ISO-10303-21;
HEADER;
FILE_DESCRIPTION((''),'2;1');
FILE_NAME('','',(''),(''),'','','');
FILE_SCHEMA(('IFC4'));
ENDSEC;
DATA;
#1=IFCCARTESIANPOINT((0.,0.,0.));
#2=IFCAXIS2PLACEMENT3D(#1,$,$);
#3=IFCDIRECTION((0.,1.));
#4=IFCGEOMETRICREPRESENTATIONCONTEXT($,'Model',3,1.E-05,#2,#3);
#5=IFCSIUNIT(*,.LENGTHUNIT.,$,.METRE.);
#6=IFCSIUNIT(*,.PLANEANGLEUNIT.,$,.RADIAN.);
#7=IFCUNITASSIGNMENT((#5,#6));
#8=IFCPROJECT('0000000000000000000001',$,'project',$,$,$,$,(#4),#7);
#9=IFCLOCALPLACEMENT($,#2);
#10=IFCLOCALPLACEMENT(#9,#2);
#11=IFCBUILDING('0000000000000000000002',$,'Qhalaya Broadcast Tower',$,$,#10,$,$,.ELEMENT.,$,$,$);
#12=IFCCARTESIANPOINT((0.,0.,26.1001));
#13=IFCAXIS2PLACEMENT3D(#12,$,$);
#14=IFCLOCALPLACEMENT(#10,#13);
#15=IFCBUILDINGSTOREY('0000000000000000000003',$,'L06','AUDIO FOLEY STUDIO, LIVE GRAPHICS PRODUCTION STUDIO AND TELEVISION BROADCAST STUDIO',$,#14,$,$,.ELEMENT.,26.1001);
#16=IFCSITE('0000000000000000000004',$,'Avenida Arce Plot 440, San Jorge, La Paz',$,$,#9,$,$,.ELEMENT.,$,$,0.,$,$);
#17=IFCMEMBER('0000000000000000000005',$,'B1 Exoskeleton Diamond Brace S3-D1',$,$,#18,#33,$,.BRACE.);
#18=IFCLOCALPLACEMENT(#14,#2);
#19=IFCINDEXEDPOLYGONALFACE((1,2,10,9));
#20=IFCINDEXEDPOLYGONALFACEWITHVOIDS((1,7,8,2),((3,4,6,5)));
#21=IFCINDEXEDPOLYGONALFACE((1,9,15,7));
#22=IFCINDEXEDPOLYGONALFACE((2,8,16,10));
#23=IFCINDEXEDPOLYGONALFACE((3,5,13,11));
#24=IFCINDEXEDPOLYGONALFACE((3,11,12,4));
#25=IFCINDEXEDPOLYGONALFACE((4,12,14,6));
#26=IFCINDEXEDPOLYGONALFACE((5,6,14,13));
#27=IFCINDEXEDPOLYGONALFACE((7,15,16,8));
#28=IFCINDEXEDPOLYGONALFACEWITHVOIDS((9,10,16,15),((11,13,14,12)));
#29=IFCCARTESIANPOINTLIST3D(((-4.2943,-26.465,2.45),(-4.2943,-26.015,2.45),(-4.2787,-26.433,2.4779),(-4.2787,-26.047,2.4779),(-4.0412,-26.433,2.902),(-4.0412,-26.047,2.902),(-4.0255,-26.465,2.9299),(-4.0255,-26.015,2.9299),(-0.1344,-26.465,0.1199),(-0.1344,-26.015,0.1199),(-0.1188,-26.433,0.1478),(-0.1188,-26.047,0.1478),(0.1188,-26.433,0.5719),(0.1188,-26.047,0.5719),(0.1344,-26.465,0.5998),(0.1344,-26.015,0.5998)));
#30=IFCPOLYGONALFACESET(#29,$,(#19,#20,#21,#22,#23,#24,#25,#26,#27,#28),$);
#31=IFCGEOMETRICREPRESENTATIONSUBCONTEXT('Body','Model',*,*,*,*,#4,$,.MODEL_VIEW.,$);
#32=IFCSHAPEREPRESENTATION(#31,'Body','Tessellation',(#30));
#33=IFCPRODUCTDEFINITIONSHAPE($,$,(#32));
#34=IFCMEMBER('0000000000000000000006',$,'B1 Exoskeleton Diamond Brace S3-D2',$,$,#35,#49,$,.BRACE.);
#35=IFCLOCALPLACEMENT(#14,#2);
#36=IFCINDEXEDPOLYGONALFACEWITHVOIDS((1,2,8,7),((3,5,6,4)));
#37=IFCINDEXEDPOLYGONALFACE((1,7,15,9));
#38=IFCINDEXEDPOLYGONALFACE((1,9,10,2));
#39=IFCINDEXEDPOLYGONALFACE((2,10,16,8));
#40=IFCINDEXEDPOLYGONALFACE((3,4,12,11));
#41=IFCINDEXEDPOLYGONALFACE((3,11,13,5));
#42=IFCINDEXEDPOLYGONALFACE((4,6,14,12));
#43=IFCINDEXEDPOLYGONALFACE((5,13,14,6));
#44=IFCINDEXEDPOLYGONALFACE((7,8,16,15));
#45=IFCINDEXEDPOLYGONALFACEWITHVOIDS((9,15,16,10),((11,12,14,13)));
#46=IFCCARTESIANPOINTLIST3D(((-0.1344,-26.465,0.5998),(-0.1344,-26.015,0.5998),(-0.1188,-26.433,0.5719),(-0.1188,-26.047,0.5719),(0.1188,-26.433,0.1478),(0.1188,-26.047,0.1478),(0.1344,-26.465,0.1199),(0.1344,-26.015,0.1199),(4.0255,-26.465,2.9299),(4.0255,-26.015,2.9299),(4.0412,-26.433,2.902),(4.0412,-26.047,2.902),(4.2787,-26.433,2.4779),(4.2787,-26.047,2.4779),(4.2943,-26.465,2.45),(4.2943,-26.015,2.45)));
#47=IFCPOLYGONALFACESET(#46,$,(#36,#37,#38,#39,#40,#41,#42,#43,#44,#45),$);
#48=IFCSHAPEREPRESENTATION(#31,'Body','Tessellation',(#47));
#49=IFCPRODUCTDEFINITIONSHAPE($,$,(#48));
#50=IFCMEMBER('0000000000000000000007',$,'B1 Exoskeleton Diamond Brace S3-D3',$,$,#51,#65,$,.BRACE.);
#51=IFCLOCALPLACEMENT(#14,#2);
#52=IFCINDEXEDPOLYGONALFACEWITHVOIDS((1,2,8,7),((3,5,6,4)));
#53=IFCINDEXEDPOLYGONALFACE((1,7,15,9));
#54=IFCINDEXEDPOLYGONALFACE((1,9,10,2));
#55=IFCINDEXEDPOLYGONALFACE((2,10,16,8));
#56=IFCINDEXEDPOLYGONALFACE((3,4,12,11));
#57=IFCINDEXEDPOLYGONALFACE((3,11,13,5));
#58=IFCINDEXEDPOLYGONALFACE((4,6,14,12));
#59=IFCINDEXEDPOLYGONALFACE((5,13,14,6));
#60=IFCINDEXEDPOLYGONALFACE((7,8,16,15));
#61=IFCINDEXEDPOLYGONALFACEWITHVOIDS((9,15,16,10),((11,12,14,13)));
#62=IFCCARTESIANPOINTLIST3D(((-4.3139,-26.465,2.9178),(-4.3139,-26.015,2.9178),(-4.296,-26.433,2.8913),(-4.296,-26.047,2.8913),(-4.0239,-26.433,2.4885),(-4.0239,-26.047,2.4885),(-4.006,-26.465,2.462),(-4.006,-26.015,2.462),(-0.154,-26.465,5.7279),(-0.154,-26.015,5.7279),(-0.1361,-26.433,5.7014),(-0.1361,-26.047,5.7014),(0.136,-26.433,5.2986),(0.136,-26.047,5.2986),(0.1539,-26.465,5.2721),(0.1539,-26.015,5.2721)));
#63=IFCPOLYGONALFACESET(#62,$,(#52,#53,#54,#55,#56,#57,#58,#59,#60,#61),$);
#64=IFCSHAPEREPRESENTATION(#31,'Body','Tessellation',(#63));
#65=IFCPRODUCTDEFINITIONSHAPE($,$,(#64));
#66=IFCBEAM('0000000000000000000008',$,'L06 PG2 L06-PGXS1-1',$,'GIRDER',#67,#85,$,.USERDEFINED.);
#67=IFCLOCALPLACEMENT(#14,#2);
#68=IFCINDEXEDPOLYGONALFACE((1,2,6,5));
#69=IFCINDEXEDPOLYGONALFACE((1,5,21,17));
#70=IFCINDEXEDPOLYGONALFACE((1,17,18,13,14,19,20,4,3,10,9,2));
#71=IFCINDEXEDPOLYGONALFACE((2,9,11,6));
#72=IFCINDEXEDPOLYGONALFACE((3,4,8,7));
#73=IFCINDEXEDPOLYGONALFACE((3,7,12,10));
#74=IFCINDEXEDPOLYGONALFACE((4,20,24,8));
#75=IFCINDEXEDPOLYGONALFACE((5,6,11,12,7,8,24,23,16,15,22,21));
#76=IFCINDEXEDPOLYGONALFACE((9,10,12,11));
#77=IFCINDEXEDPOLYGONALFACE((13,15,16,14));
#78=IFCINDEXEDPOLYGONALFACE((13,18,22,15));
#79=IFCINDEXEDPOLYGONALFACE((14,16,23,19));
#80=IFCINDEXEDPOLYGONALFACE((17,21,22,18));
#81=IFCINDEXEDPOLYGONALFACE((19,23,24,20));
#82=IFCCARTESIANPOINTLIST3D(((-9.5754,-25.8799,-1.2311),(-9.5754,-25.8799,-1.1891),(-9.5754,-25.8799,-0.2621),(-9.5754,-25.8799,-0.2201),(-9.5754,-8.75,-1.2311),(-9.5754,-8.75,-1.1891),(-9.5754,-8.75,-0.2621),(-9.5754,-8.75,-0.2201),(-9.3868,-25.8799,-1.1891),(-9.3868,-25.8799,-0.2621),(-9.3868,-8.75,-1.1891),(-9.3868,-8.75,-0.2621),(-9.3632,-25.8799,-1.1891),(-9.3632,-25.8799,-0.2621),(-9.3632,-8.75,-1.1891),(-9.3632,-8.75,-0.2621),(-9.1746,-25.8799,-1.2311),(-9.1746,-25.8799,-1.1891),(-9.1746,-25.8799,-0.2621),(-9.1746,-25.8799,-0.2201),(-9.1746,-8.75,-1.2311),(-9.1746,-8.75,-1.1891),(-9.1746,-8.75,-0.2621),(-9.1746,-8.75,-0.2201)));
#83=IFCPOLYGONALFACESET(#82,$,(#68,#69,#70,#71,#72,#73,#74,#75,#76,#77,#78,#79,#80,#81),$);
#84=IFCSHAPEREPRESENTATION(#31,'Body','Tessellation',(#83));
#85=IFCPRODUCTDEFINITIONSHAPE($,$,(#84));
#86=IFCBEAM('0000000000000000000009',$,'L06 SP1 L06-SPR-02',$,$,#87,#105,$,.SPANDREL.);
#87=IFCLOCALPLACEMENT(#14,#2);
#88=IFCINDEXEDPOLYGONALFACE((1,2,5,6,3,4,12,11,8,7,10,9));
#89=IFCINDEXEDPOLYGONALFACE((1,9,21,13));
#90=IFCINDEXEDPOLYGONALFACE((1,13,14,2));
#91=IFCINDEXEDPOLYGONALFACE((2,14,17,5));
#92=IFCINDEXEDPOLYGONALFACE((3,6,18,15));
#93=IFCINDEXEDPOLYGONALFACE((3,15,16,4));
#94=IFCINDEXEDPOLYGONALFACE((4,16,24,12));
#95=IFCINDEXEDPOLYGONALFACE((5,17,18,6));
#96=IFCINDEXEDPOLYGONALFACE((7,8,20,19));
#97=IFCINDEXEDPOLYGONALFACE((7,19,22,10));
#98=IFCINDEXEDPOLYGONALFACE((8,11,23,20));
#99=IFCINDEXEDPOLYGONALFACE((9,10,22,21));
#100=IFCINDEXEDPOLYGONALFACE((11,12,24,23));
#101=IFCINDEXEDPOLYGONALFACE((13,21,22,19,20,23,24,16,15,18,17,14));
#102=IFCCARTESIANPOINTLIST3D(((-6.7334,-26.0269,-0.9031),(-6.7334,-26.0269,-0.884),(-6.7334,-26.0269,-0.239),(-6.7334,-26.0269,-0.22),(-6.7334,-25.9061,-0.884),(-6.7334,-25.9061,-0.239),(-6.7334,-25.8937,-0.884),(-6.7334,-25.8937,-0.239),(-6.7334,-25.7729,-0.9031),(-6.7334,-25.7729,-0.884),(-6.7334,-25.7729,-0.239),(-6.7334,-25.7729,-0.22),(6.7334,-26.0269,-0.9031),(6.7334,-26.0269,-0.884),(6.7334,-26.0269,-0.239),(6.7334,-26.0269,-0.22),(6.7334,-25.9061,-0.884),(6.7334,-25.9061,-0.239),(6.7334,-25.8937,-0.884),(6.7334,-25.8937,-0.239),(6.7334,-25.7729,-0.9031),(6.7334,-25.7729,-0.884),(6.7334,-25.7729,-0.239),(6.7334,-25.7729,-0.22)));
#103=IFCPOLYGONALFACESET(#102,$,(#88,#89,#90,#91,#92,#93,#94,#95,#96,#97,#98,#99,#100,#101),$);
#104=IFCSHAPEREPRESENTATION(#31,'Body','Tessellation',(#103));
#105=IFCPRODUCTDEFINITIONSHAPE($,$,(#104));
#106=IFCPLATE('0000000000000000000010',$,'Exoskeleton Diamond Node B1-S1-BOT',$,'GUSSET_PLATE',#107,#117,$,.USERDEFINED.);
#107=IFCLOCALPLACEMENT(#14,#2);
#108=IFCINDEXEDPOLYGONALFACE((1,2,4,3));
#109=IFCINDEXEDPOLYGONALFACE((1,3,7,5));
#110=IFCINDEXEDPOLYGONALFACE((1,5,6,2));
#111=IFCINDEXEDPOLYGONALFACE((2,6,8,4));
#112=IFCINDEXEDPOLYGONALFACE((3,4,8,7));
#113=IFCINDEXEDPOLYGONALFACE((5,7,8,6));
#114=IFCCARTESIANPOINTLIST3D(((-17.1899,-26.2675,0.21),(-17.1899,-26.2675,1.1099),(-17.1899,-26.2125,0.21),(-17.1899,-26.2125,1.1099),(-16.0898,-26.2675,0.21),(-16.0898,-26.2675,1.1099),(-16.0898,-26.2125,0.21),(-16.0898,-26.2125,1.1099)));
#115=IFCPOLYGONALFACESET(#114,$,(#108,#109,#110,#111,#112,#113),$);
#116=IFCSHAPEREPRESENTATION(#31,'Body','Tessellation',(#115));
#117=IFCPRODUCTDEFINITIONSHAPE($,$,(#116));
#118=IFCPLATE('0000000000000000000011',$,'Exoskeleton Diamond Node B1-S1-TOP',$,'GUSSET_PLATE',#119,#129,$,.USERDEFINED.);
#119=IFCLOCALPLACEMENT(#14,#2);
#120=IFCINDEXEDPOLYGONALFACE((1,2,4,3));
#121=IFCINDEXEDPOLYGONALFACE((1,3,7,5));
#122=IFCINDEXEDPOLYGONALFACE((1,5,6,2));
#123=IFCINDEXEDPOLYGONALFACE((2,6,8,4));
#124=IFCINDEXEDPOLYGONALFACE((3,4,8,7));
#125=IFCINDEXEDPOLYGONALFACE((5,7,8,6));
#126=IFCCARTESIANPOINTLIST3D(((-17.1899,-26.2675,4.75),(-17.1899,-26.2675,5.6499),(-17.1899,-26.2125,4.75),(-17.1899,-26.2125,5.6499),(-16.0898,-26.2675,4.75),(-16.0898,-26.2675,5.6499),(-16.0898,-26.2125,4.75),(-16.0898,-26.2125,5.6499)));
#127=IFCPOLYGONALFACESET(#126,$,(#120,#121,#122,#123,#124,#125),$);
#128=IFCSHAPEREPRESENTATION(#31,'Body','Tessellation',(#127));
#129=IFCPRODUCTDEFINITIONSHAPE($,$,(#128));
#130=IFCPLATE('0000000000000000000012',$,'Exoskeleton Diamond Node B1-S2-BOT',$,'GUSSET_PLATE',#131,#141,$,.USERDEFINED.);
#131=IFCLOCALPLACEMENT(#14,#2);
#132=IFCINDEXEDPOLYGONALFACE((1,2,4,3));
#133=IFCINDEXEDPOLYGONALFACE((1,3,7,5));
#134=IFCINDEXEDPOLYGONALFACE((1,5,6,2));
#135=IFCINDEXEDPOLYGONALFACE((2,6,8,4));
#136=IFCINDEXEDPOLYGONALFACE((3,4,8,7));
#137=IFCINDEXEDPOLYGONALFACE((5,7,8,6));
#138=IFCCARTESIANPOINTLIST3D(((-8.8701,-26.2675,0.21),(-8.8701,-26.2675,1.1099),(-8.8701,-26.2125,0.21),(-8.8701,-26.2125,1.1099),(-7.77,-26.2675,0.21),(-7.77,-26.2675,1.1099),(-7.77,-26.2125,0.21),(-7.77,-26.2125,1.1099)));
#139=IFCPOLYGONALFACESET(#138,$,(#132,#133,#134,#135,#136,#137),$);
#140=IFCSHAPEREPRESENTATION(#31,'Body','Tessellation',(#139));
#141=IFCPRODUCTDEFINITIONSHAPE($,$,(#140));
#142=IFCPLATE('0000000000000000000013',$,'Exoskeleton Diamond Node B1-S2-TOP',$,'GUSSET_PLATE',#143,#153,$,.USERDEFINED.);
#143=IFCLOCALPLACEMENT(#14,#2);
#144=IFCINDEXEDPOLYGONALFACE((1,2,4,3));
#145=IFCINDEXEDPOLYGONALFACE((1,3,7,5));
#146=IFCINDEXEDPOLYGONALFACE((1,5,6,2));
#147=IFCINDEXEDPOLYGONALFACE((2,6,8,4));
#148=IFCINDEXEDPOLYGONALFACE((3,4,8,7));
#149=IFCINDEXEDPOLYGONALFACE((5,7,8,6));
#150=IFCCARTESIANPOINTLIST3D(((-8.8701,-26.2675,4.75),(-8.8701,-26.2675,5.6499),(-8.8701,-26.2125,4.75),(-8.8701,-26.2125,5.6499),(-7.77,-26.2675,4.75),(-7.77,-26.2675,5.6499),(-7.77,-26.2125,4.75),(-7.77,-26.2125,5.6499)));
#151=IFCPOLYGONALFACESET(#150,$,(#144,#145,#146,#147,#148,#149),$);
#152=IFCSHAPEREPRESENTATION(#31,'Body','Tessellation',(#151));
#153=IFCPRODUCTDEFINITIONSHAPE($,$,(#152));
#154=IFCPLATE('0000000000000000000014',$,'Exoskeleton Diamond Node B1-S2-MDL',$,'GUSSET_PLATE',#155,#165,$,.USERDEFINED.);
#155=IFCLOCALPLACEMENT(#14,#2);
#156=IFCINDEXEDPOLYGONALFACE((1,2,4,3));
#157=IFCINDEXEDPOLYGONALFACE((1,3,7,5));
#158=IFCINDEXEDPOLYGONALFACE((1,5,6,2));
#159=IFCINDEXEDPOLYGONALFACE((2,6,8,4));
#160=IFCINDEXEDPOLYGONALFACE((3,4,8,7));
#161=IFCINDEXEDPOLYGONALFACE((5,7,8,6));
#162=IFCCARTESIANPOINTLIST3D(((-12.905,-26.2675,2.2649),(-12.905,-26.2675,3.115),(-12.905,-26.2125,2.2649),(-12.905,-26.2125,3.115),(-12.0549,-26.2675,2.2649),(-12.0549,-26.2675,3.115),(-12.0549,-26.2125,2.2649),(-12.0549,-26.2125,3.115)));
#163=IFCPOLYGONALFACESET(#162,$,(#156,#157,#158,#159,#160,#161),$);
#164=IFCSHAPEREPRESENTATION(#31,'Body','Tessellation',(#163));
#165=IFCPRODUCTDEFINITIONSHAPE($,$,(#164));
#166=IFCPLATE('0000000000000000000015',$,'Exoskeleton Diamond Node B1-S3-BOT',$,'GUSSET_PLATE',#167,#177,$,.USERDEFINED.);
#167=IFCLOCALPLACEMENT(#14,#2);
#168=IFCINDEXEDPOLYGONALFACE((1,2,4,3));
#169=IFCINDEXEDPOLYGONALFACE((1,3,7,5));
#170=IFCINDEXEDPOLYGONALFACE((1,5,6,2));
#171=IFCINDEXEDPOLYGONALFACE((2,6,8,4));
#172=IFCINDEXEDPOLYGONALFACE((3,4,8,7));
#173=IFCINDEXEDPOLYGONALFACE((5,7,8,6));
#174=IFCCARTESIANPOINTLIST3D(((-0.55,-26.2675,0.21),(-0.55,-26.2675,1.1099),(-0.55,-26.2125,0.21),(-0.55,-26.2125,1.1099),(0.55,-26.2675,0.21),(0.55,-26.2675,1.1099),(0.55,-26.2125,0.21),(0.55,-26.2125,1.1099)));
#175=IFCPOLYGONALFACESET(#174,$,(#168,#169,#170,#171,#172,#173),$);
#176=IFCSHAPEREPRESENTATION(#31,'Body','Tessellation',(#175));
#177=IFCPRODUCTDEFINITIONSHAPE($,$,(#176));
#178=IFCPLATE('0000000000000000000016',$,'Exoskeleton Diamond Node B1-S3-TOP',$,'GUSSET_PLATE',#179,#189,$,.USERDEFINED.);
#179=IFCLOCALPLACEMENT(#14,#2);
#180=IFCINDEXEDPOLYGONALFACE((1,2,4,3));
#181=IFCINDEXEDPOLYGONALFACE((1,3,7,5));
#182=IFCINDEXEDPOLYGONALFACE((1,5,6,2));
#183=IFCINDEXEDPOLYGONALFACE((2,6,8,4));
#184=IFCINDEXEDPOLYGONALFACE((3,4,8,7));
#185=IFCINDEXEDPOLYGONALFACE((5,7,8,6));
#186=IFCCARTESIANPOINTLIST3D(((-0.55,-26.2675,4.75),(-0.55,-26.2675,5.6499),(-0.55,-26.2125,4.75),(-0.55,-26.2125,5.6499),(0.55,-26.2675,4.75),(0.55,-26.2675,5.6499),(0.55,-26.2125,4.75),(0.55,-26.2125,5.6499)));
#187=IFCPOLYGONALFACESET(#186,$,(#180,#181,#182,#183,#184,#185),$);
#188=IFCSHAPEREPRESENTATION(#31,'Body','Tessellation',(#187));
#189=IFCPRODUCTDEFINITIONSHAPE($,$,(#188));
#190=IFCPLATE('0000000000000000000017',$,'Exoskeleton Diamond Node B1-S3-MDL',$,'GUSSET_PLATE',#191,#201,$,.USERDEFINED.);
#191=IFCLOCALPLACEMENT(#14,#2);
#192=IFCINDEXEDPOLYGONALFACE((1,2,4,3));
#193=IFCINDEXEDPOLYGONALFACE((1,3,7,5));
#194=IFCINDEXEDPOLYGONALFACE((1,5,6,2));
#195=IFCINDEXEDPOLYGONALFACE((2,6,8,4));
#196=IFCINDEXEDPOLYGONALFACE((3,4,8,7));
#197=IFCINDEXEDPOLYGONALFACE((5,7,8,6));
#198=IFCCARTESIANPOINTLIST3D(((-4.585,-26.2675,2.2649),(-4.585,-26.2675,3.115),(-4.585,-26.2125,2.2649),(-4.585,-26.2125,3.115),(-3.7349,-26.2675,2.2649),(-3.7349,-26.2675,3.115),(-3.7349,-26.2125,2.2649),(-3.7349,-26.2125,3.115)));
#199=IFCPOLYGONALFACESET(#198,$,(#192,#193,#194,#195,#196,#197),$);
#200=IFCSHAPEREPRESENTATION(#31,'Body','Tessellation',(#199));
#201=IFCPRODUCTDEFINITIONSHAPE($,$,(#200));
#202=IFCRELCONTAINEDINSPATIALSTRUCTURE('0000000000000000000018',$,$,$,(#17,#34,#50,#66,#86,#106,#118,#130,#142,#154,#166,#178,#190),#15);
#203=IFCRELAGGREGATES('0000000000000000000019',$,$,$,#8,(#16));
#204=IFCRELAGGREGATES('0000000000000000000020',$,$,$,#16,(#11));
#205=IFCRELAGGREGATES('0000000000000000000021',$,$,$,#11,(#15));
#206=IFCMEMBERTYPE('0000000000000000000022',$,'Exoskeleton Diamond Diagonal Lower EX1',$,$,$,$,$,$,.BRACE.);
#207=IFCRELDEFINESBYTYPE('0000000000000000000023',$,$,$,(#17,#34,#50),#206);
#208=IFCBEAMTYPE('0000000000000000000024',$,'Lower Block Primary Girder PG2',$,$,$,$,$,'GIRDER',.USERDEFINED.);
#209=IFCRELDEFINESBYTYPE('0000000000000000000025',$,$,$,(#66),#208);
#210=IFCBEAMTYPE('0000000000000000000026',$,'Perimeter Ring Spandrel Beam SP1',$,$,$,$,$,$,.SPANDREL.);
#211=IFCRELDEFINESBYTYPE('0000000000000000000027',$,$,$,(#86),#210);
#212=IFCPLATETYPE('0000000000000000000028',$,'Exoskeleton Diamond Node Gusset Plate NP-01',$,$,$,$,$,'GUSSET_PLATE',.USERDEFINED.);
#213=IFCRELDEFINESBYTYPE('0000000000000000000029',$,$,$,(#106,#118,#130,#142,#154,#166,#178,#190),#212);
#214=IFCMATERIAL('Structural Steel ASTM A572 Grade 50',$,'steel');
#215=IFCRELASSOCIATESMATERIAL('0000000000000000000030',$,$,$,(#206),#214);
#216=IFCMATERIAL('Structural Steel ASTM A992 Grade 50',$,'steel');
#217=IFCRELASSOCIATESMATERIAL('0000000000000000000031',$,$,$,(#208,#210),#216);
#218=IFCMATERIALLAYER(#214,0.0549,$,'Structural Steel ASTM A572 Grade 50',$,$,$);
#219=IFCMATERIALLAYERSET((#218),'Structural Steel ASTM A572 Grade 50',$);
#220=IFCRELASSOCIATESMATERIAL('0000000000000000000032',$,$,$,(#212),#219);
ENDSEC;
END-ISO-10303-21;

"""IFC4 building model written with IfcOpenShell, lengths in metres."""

from ifc_helpers import new_model, si_unit, direction, frame, origin, origin_2d, place, context, subcontext, project, spatial, rectangle, hollow_rectangle, i_section, extrude, material, layer, layer_set, material_profile, profile_set, type_object, element, save


model = new_model("IFC4")

# Units and contexts
model_context = context("Model", 3, precision=1e-05, world=origin(), true_north=direction((0.0, 1.0)))
body_context = subcontext(model_context, "Body", "Model", "MODEL_VIEW")
ifc_project = project(units=[si_unit("LENGTHUNIT", "METRE"), si_unit("PLANEANGLEUNIT", "RADIAN")], contexts=[model_context])

# Site, building, storey
site_placement = place(None, origin())
site = spatial("IfcSite", under=ifc_project, at=site_placement, Name="Avenida Arce Plot 440, San Jorge, La Paz", CompositionType="ELEMENT", RefElevation=0.0)
building_placement = place(site_placement, origin())
building = spatial("IfcBuilding", under=site, at=building_placement, Name="Qhalaya Broadcast Tower", CompositionType="ELEMENT")
storey_placement = place(building_placement, frame((0.0, 0.0, 26.1001)))
storey = spatial("IfcBuildingStorey", under=building, at=storey_placement, Name="L06", Description="AUDIO FOLEY STUDIO, LIVE GRAPHICS PRODUCTION STUDIO AND TELEVISION BROADCAST STUDIO", CompositionType="ELEMENT", Elevation=26.1001)

# Shared definitions
ifc_material_1 = material(Name="Structural Steel ASTM A572 Grade 50", Category="steel")

# Shared definitions
ifc_material_2 = material(Name="Structural Steel ASTM A992 Grade 50", Category="steel")

# Members
ifc_material_profile_1 = material_profile(ifc_material_1, hollow_rectangle(XDim=0.45, YDim=0.55, WallThickness=0.032, at=origin_2d()), Name="BOX 450x550x32")
ifc_profile_set_1 = profile_set([ifc_material_profile_1], Name="Structural Steel ASTM A572 Grade 50")
member_type = type_object("IfcMemberType", Name="Exoskeleton Diamond Diagonal Lower EX1", PredefinedType="BRACE", material=ifc_profile_set_1)
for number, where, z_axis, x_axis, name in (
    (1, (0.0, -26.24, 0.3599), (-0.872459, 0.0, 0.488688), (0.0, -1.0, 0.0), "B1 Exoskeleton Diamond Brace S3-D1"),
    (2, (0.0, -26.24, 0.3599), (0.872459, 0.0, 0.488688), (0.0, 1.0, 0.0), "B1 Exoskeleton Diamond Brace S3-D2"),
):
    element("IfcMember", number, at=place(storey_placement, frame(where, z_axis=z_axis, x_axis=x_axis)), inside=storey, type_object=member_type, Name=name, PredefinedType="BRACE", context=body_context, shape_type="SweptSolid", body=[
        extrude(hollow_rectangle(XDim=0.45, YDim=0.55, WallThickness=0.032, at=origin_2d()), origin(), (0.0, 0.0, 1.0), 4.7681),
    ])
member_1_placement = place(storey_placement, frame((-4.1599, -26.24, 2.6899), z_axis=(0.828653, 0.0, 0.559763), x_axis=(0.0, 1.0, 0.0)))
element("IfcMember", 3, at=member_1_placement, inside=storey, type_object=member_type, Name="B1 Exoskeleton Diamond Brace S3-D3", PredefinedType="BRACE", context=body_context, shape_type="SweptSolid", body=[
    extrude(hollow_rectangle(XDim=0.45, YDim=0.55, WallThickness=0.032, at=origin_2d()), origin(), (0.0, 0.0, 1.0), 5.02),
])

# Beams
ifc_material_profile_2 = material_profile(ifc_material_2, i_section(OverallWidth=0.4009, OverallDepth=1.011, WebThickness=0.0237, FlangeThickness=0.042, at=origin_2d()), Name="W40X297")
ifc_profile_set_2 = profile_set([ifc_material_profile_2], Name="Structural Steel ASTM A992 Grade 50")
beam_type_1 = type_object("IfcBeamType", Name="Lower Block Primary Girder PG2", ElementType="GIRDER", PredefinedType="USERDEFINED", material=ifc_profile_set_2)
beam_1_placement = place(storey_placement, frame((-9.375, -25.8799, -0.7256), z_axis=(0.0, 1.0, 0.0), x_axis=(-1.0, 0.0, 0.0)))
element("IfcBeam", 4, at=beam_1_placement, inside=storey, type_object=beam_type_1, Name="L06 PG2 L06-PGXS1-1", ObjectType="GIRDER", PredefinedType="USERDEFINED", context=body_context, shape_type="SweptSolid", body=[
    extrude(i_section(OverallWidth=0.4009, OverallDepth=1.011, WebThickness=0.0237, FlangeThickness=0.042, at=origin_2d()), origin(), (0.0, 0.0, 1.0), 17.1299),
])
ifc_material_profile_3 = material_profile(ifc_material_2, i_section(OverallWidth=0.2539, OverallDepth=0.6831, WebThickness=0.0125, FlangeThickness=0.019, at=origin_2d()), Name="W27X94")
ifc_profile_set_3 = profile_set([ifc_material_profile_3], Name="Structural Steel ASTM A992 Grade 50")
beam_type_2 = type_object("IfcBeamType", Name="Perimeter Ring Spandrel Beam SP1", PredefinedType="SPANDREL", material=ifc_profile_set_3)
beam_2_placement = place(storey_placement, frame((-6.7334, -25.8999, -0.5615), z_axis=(1.0, 0.0, 0.0), x_axis=(0.0, 1.0, 0.0)))
element("IfcBeam", 5, at=beam_2_placement, inside=storey, type_object=beam_type_2, Name="L06 SP1 L06-SPR-02", PredefinedType="SPANDREL", context=body_context, shape_type="SweptSolid", body=[
    extrude(i_section(OverallWidth=0.2539, OverallDepth=0.6831, WebThickness=0.0125, FlangeThickness=0.019, at=origin_2d()), origin(), (0.0, 0.0, 1.0), 13.4668),
])

# Plates
ifc_layer_1 = layer(ifc_material_1, 0.0549, Name="Structural Steel ASTM A572 Grade 50")
ifc_layer_set_1 = layer_set([ifc_layer_1], Name="Structural Steel ASTM A572 Grade 50")
plate_type_1 = type_object("IfcPlateType", Name="Exoskeleton Diamond Node Gusset Plate NP-01", ElementType="GUSSET_PLATE", PredefinedType="USERDEFINED", material=ifc_layer_set_1)
for number, where, z_axis, x_axis, name in (
    (6, (-16.6399, -26.24, 0.21), (0.0, 0.0, 1.0), (1.0, 0.0, 0.0), "Exoskeleton Diamond Node B1-S1-BOT"),
    (7, (-16.6399, -26.24, 4.75), (0.0, 0.0, 1.0), (1.0, 0.0, 0.0), "Exoskeleton Diamond Node B1-S1-TOP"),
    (8, (-8.3201, -26.24, 0.21), (0.0, 0.0, 1.0), (1.0, 0.0, 0.0), "Exoskeleton Diamond Node B1-S2-BOT"),
    (9, (-8.3201, -26.24, 4.75), (0.0, 0.0, 1.0), (1.0, 0.0, 0.0), "Exoskeleton Diamond Node B1-S2-TOP"),
):
    element("IfcPlate", number, at=place(storey_placement, frame(where, z_axis=z_axis, x_axis=x_axis)), inside=storey, type_object=plate_type_1, Name=name, ObjectType="GUSSET_PLATE", PredefinedType="USERDEFINED", context=body_context, shape_type="SweptSolid", body=[
        extrude(rectangle(XDim=1.1001, YDim=0.0549, at=origin_2d()), origin(), (0.0, 0.0, 1.0), 0.8999),
    ])
plate_1_placement = place(storey_placement, frame((-12.48, -26.24, 2.2649), z_axis=(0.0, 0.0, 1.0), x_axis=(1.0, 0.0, 0.0)))
element("IfcPlate", 10, at=plate_1_placement, inside=storey, type_object=plate_type_1, Name="Exoskeleton Diamond Node B1-S2-MDL", ObjectType="GUSSET_PLATE", PredefinedType="USERDEFINED", context=body_context, shape_type="SweptSolid", body=[
    extrude(rectangle(XDim=0.8501, YDim=0.0549, at=origin_2d()), origin(), (0.0, 0.0, 1.0), 0.8501),
])
for number, where, z_axis, x_axis, name in (
    (11, (0.0, -26.24, 0.21), (0.0, 0.0, 1.0), (1.0, 0.0, 0.0), "Exoskeleton Diamond Node B1-S3-BOT"),
    (12, (0.0, -26.24, 4.75), (0.0, 0.0, 1.0), (1.0, 0.0, 0.0), "Exoskeleton Diamond Node B1-S3-TOP"),
):
    element("IfcPlate", number, at=place(storey_placement, frame(where, z_axis=z_axis, x_axis=x_axis)), inside=storey, type_object=plate_type_1, Name=name, ObjectType="GUSSET_PLATE", PredefinedType="USERDEFINED", context=body_context, shape_type="SweptSolid", body=[
        extrude(rectangle(XDim=1.1001, YDim=0.0549, at=origin_2d()), origin(), (0.0, 0.0, 1.0), 0.8999),
    ])
plate_2_placement = place(storey_placement, frame((-4.1599, -26.24, 2.2649), z_axis=(0.0, 0.0, 1.0), x_axis=(1.0, 0.0, 0.0)))
element("IfcPlate", 13, at=plate_2_placement, inside=storey, type_object=plate_type_1, Name="Exoskeleton Diamond Node B1-S3-MDL", ObjectType="GUSSET_PLATE", PredefinedType="USERDEFINED", context=body_context, shape_type="SweptSolid", body=[
    extrude(rectangle(XDim=0.8501, YDim=0.0549, at=origin_2d()), origin(), (0.0, 0.0, 1.0), 0.8501),
])

save(model, "model.ifc")
